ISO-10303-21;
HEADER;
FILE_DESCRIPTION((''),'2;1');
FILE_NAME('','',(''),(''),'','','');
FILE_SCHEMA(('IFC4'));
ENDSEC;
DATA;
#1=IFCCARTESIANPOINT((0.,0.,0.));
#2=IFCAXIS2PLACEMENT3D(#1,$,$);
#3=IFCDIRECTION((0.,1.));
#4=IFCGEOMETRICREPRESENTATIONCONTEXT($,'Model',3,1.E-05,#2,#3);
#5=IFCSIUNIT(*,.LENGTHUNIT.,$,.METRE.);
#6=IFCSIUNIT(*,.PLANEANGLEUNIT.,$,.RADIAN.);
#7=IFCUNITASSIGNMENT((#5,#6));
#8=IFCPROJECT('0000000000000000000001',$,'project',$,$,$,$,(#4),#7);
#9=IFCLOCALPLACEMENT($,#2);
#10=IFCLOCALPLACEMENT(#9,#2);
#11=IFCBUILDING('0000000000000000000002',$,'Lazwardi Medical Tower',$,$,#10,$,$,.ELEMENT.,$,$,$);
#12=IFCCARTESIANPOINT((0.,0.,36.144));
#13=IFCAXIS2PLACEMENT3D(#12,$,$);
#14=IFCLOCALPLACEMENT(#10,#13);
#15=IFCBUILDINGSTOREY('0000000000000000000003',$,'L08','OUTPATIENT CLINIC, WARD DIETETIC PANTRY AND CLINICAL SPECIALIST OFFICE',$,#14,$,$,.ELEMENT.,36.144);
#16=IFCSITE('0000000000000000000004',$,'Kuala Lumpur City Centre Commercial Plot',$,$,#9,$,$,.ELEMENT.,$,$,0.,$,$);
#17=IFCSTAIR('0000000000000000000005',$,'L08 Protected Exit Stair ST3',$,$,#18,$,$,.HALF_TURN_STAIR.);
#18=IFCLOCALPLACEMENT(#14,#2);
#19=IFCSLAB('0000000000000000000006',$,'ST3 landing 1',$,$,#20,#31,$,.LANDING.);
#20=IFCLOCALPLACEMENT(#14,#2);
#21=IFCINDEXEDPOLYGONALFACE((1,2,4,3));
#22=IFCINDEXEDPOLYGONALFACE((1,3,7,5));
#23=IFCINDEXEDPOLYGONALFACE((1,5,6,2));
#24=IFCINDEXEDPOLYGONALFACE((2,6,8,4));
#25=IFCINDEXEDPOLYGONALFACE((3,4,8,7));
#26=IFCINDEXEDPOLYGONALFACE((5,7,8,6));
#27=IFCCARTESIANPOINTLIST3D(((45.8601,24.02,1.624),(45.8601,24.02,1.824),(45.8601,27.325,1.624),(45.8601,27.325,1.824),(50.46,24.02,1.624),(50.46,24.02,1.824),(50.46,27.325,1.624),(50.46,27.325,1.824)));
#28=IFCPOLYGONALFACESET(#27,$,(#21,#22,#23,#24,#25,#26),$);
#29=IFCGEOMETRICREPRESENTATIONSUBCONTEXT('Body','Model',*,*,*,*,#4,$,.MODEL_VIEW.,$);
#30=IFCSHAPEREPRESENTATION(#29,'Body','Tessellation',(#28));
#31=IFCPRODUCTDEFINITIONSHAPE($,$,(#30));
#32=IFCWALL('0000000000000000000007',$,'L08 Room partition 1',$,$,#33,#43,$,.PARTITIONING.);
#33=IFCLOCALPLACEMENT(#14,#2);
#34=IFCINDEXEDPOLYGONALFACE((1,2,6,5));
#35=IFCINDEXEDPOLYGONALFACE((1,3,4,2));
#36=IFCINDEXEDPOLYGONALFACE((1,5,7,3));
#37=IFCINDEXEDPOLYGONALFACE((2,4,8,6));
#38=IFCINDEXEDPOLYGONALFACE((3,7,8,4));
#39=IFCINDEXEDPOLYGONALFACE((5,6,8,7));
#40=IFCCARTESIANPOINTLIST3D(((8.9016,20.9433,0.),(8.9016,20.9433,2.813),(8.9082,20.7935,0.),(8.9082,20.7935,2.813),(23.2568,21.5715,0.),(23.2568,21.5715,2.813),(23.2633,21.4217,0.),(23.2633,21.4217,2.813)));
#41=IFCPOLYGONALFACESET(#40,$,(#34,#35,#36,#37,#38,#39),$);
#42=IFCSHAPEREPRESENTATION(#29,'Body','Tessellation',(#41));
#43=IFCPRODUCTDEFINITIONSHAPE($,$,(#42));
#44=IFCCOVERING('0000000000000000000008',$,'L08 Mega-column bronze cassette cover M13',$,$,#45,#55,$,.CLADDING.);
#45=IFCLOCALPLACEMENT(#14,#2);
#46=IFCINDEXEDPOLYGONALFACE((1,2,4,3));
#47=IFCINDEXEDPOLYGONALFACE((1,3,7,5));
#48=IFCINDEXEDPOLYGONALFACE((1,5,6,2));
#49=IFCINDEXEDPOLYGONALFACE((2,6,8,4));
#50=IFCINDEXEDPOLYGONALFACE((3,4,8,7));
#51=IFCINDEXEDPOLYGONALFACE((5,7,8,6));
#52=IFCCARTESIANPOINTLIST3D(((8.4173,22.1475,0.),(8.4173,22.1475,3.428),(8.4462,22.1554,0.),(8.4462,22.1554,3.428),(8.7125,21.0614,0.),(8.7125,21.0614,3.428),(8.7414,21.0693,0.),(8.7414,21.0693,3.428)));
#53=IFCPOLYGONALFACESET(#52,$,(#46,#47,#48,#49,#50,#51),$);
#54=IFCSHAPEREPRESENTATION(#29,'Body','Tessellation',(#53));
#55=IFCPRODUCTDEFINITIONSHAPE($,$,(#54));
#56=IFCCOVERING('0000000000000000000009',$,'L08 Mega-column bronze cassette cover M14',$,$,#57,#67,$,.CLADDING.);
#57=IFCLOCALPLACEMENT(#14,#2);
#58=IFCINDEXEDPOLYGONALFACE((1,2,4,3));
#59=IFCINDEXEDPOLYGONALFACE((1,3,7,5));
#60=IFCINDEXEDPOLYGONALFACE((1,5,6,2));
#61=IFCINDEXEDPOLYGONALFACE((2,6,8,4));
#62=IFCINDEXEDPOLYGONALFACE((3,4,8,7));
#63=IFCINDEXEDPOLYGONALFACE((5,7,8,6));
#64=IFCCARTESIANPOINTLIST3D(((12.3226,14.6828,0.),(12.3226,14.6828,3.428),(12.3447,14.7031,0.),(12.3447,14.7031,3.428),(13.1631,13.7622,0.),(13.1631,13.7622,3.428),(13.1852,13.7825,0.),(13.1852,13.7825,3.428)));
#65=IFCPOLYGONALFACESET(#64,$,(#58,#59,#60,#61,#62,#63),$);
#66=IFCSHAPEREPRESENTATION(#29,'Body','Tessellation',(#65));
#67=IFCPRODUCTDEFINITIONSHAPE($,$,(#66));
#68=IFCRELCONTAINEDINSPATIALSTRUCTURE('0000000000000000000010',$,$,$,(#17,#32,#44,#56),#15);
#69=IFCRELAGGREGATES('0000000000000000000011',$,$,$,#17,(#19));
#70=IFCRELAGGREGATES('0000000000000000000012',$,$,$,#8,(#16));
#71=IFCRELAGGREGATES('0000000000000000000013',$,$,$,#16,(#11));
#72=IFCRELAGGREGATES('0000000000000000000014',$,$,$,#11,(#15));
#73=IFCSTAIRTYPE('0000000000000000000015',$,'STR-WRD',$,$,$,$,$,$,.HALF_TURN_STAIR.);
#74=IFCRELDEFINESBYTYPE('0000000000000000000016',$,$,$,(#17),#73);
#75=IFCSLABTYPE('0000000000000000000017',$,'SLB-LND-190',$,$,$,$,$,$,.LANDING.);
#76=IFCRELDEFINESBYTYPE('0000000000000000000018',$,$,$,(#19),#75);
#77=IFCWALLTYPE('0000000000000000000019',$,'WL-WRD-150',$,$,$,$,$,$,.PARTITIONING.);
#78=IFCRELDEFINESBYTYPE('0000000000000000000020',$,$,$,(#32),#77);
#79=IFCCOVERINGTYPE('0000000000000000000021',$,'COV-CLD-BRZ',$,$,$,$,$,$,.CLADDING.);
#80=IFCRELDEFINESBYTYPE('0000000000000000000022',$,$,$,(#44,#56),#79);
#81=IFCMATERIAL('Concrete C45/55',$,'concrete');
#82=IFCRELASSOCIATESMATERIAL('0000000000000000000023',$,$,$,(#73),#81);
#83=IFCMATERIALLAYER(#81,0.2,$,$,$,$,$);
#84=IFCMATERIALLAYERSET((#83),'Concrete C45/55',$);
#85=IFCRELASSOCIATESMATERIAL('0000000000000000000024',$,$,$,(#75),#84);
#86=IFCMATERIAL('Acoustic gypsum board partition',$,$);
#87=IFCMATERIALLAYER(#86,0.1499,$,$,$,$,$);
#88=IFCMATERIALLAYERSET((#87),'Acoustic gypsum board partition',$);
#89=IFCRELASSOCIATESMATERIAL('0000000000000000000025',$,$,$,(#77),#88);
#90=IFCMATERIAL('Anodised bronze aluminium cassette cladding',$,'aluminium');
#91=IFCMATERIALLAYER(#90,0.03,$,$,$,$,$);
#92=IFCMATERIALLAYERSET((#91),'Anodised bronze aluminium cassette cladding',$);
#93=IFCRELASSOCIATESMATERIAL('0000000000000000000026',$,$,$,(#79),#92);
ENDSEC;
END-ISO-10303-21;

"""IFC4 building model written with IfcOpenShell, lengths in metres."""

from ifc_helpers import new_model, si_unit, direction, frame, frame_2d, origin, origin_2d, place, context, subcontext, project, spatial, polyline, rectangle, outline, extrude, material, layer, layer_set, type_object, element, aggregate, save


model = new_model("IFC4")

# Units and contexts
model_context = context("Model", 3, precision=1e-05, world=origin(), true_north=direction((0.0, 1.0)))
body_context = subcontext(model_context, "Body", "Model", "MODEL_VIEW")
ifc_project = project(units=[si_unit("LENGTHUNIT", "METRE"), si_unit("PLANEANGLEUNIT", "RADIAN")], contexts=[model_context])

# Site, building, storey
site_placement = place(None, origin())
site = spatial("IfcSite", under=ifc_project, at=site_placement, Name="Kuala Lumpur City Centre Commercial Plot", CompositionType="ELEMENT", RefElevation=0.0)
building_placement = place(site_placement, origin())
building = spatial("IfcBuilding", under=site, at=building_placement, Name="Lazwardi Medical Tower", CompositionType="ELEMENT")
storey_placement = place(building_placement, frame((0.0, 0.0, 36.144)))
storey = spatial("IfcBuildingStorey", under=building, at=storey_placement, Name="L08", Description="OUTPATIENT CLINIC, WARD DIETETIC PANTRY AND CLINICAL SPECIALIST OFFICE", CompositionType="ELEMENT", Elevation=36.144)

# Stair, slab
ifc_material_1 = material(Name="Concrete C45/55", Category="concrete")
stair_type = type_object("IfcStairType", Name="STR-WRD", PredefinedType="HALF_TURN_STAIR", material=ifc_material_1)
stair_placement = place(storey_placement, origin())
stair = element("IfcStair", 1, at=stair_placement, inside=storey, type_object=stair_type, Name="L08 Protected Exit Stair ST3", PredefinedType="HALF_TURN_STAIR")
ifc_layer_1 = layer(ifc_material_1, 0.2)
ifc_layer_set_1 = layer_set([ifc_layer_1], Name="Concrete C45/55")
slab_type = type_object("IfcSlabType", Name="SLB-LND-190", PredefinedType="LANDING", material=ifc_layer_set_1)
slab_placement = place(storey_placement, frame((0.0, 0.0, 1.624)))
slab = element("IfcSlab", 2, at=slab_placement, type_object=slab_type, Name="ST3 landing 1", PredefinedType="LANDING", context=body_context, shape_type="SweptSolid", body=[
    extrude(outline(polyline([(45.8601, 27.325), (45.8601, 24.02), (50.46, 24.02), (50.46, 27.325), (45.8601, 27.325)])), origin(), (0.0, 0.0, 1.0), 0.2),
])
aggregate(stair, [slab])

# Wall
ifc_material_2 = material(Name="Acoustic gypsum board partition")
ifc_layer_2 = layer(ifc_material_2, 0.1499)
ifc_layer_set_2 = layer_set([ifc_layer_2], Name="Acoustic gypsum board partition")
wall_type = type_object("IfcWallType", Name="WL-WRD-150", PredefinedType="PARTITIONING", material=ifc_layer_set_2)
wall_placement = place(storey_placement, frame((8.9048, 20.8684, 0.0), z_axis=(0.0, 0.0, 1.0), x_axis=(0.999044, 0.043717, 0.0)))
element("IfcWall", 3, at=wall_placement, inside=storey, type_object=wall_type, Name="L08 Room partition 1", PredefinedType="PARTITIONING", context=body_context, shape_type="SweptSolid", body=[
    extrude(rectangle(XDim=14.3689, YDim=0.1499, at=frame_2d((7.1846, 0.0))), origin(), (0.0, 0.0, 1.0), 2.813),
])

# Coverings
ifc_material_3 = material(Name="Anodised bronze aluminium cassette cladding", Category="aluminium")
ifc_layer_3 = layer(ifc_material_3, 0.03)
ifc_layer_set_3 = layer_set([ifc_layer_3], Name="Anodised bronze aluminium cassette cladding")
covering_type = type_object("IfcCoveringType", Name="COV-CLD-BRZ", PredefinedType="CLADDING", material=ifc_layer_set_3)
covering_1_placement = place(storey_placement, frame((8.5793, 21.6084, 0.0), z_axis=(0.0, 0.0, 1.0), x_axis=(0.262283, -0.964991, 0.0)))
element("IfcCovering", 4, at=covering_1_placement, inside=storey, type_object=covering_type, Name="L08 Mega-column bronze cassette cover M13", PredefinedType="CLADDING", context=body_context, shape_type="SweptSolid", body=[
    extrude(rectangle(XDim=1.1255, YDim=0.03, at=origin_2d()), origin(), (0.0, 0.0, 1.0), 3.428),
])
covering_2_placement = place(storey_placement, frame((12.7539, 14.2327, 0.0), z_axis=(0.0, 0.0, 1.0), x_axis=(0.674252, -0.738501, 0.0)))
element("IfcCovering", 5, at=covering_2_placement, inside=storey, type_object=covering_type, Name="L08 Mega-column bronze cassette cover M14", PredefinedType="CLADDING", context=body_context, shape_type="SweptSolid", body=[
    extrude(rectangle(XDim=1.2466, YDim=0.03, at=origin_2d()), origin(), (0.0, 0.0, 1.0), 3.428),
])

save(model, "model.ifc")
